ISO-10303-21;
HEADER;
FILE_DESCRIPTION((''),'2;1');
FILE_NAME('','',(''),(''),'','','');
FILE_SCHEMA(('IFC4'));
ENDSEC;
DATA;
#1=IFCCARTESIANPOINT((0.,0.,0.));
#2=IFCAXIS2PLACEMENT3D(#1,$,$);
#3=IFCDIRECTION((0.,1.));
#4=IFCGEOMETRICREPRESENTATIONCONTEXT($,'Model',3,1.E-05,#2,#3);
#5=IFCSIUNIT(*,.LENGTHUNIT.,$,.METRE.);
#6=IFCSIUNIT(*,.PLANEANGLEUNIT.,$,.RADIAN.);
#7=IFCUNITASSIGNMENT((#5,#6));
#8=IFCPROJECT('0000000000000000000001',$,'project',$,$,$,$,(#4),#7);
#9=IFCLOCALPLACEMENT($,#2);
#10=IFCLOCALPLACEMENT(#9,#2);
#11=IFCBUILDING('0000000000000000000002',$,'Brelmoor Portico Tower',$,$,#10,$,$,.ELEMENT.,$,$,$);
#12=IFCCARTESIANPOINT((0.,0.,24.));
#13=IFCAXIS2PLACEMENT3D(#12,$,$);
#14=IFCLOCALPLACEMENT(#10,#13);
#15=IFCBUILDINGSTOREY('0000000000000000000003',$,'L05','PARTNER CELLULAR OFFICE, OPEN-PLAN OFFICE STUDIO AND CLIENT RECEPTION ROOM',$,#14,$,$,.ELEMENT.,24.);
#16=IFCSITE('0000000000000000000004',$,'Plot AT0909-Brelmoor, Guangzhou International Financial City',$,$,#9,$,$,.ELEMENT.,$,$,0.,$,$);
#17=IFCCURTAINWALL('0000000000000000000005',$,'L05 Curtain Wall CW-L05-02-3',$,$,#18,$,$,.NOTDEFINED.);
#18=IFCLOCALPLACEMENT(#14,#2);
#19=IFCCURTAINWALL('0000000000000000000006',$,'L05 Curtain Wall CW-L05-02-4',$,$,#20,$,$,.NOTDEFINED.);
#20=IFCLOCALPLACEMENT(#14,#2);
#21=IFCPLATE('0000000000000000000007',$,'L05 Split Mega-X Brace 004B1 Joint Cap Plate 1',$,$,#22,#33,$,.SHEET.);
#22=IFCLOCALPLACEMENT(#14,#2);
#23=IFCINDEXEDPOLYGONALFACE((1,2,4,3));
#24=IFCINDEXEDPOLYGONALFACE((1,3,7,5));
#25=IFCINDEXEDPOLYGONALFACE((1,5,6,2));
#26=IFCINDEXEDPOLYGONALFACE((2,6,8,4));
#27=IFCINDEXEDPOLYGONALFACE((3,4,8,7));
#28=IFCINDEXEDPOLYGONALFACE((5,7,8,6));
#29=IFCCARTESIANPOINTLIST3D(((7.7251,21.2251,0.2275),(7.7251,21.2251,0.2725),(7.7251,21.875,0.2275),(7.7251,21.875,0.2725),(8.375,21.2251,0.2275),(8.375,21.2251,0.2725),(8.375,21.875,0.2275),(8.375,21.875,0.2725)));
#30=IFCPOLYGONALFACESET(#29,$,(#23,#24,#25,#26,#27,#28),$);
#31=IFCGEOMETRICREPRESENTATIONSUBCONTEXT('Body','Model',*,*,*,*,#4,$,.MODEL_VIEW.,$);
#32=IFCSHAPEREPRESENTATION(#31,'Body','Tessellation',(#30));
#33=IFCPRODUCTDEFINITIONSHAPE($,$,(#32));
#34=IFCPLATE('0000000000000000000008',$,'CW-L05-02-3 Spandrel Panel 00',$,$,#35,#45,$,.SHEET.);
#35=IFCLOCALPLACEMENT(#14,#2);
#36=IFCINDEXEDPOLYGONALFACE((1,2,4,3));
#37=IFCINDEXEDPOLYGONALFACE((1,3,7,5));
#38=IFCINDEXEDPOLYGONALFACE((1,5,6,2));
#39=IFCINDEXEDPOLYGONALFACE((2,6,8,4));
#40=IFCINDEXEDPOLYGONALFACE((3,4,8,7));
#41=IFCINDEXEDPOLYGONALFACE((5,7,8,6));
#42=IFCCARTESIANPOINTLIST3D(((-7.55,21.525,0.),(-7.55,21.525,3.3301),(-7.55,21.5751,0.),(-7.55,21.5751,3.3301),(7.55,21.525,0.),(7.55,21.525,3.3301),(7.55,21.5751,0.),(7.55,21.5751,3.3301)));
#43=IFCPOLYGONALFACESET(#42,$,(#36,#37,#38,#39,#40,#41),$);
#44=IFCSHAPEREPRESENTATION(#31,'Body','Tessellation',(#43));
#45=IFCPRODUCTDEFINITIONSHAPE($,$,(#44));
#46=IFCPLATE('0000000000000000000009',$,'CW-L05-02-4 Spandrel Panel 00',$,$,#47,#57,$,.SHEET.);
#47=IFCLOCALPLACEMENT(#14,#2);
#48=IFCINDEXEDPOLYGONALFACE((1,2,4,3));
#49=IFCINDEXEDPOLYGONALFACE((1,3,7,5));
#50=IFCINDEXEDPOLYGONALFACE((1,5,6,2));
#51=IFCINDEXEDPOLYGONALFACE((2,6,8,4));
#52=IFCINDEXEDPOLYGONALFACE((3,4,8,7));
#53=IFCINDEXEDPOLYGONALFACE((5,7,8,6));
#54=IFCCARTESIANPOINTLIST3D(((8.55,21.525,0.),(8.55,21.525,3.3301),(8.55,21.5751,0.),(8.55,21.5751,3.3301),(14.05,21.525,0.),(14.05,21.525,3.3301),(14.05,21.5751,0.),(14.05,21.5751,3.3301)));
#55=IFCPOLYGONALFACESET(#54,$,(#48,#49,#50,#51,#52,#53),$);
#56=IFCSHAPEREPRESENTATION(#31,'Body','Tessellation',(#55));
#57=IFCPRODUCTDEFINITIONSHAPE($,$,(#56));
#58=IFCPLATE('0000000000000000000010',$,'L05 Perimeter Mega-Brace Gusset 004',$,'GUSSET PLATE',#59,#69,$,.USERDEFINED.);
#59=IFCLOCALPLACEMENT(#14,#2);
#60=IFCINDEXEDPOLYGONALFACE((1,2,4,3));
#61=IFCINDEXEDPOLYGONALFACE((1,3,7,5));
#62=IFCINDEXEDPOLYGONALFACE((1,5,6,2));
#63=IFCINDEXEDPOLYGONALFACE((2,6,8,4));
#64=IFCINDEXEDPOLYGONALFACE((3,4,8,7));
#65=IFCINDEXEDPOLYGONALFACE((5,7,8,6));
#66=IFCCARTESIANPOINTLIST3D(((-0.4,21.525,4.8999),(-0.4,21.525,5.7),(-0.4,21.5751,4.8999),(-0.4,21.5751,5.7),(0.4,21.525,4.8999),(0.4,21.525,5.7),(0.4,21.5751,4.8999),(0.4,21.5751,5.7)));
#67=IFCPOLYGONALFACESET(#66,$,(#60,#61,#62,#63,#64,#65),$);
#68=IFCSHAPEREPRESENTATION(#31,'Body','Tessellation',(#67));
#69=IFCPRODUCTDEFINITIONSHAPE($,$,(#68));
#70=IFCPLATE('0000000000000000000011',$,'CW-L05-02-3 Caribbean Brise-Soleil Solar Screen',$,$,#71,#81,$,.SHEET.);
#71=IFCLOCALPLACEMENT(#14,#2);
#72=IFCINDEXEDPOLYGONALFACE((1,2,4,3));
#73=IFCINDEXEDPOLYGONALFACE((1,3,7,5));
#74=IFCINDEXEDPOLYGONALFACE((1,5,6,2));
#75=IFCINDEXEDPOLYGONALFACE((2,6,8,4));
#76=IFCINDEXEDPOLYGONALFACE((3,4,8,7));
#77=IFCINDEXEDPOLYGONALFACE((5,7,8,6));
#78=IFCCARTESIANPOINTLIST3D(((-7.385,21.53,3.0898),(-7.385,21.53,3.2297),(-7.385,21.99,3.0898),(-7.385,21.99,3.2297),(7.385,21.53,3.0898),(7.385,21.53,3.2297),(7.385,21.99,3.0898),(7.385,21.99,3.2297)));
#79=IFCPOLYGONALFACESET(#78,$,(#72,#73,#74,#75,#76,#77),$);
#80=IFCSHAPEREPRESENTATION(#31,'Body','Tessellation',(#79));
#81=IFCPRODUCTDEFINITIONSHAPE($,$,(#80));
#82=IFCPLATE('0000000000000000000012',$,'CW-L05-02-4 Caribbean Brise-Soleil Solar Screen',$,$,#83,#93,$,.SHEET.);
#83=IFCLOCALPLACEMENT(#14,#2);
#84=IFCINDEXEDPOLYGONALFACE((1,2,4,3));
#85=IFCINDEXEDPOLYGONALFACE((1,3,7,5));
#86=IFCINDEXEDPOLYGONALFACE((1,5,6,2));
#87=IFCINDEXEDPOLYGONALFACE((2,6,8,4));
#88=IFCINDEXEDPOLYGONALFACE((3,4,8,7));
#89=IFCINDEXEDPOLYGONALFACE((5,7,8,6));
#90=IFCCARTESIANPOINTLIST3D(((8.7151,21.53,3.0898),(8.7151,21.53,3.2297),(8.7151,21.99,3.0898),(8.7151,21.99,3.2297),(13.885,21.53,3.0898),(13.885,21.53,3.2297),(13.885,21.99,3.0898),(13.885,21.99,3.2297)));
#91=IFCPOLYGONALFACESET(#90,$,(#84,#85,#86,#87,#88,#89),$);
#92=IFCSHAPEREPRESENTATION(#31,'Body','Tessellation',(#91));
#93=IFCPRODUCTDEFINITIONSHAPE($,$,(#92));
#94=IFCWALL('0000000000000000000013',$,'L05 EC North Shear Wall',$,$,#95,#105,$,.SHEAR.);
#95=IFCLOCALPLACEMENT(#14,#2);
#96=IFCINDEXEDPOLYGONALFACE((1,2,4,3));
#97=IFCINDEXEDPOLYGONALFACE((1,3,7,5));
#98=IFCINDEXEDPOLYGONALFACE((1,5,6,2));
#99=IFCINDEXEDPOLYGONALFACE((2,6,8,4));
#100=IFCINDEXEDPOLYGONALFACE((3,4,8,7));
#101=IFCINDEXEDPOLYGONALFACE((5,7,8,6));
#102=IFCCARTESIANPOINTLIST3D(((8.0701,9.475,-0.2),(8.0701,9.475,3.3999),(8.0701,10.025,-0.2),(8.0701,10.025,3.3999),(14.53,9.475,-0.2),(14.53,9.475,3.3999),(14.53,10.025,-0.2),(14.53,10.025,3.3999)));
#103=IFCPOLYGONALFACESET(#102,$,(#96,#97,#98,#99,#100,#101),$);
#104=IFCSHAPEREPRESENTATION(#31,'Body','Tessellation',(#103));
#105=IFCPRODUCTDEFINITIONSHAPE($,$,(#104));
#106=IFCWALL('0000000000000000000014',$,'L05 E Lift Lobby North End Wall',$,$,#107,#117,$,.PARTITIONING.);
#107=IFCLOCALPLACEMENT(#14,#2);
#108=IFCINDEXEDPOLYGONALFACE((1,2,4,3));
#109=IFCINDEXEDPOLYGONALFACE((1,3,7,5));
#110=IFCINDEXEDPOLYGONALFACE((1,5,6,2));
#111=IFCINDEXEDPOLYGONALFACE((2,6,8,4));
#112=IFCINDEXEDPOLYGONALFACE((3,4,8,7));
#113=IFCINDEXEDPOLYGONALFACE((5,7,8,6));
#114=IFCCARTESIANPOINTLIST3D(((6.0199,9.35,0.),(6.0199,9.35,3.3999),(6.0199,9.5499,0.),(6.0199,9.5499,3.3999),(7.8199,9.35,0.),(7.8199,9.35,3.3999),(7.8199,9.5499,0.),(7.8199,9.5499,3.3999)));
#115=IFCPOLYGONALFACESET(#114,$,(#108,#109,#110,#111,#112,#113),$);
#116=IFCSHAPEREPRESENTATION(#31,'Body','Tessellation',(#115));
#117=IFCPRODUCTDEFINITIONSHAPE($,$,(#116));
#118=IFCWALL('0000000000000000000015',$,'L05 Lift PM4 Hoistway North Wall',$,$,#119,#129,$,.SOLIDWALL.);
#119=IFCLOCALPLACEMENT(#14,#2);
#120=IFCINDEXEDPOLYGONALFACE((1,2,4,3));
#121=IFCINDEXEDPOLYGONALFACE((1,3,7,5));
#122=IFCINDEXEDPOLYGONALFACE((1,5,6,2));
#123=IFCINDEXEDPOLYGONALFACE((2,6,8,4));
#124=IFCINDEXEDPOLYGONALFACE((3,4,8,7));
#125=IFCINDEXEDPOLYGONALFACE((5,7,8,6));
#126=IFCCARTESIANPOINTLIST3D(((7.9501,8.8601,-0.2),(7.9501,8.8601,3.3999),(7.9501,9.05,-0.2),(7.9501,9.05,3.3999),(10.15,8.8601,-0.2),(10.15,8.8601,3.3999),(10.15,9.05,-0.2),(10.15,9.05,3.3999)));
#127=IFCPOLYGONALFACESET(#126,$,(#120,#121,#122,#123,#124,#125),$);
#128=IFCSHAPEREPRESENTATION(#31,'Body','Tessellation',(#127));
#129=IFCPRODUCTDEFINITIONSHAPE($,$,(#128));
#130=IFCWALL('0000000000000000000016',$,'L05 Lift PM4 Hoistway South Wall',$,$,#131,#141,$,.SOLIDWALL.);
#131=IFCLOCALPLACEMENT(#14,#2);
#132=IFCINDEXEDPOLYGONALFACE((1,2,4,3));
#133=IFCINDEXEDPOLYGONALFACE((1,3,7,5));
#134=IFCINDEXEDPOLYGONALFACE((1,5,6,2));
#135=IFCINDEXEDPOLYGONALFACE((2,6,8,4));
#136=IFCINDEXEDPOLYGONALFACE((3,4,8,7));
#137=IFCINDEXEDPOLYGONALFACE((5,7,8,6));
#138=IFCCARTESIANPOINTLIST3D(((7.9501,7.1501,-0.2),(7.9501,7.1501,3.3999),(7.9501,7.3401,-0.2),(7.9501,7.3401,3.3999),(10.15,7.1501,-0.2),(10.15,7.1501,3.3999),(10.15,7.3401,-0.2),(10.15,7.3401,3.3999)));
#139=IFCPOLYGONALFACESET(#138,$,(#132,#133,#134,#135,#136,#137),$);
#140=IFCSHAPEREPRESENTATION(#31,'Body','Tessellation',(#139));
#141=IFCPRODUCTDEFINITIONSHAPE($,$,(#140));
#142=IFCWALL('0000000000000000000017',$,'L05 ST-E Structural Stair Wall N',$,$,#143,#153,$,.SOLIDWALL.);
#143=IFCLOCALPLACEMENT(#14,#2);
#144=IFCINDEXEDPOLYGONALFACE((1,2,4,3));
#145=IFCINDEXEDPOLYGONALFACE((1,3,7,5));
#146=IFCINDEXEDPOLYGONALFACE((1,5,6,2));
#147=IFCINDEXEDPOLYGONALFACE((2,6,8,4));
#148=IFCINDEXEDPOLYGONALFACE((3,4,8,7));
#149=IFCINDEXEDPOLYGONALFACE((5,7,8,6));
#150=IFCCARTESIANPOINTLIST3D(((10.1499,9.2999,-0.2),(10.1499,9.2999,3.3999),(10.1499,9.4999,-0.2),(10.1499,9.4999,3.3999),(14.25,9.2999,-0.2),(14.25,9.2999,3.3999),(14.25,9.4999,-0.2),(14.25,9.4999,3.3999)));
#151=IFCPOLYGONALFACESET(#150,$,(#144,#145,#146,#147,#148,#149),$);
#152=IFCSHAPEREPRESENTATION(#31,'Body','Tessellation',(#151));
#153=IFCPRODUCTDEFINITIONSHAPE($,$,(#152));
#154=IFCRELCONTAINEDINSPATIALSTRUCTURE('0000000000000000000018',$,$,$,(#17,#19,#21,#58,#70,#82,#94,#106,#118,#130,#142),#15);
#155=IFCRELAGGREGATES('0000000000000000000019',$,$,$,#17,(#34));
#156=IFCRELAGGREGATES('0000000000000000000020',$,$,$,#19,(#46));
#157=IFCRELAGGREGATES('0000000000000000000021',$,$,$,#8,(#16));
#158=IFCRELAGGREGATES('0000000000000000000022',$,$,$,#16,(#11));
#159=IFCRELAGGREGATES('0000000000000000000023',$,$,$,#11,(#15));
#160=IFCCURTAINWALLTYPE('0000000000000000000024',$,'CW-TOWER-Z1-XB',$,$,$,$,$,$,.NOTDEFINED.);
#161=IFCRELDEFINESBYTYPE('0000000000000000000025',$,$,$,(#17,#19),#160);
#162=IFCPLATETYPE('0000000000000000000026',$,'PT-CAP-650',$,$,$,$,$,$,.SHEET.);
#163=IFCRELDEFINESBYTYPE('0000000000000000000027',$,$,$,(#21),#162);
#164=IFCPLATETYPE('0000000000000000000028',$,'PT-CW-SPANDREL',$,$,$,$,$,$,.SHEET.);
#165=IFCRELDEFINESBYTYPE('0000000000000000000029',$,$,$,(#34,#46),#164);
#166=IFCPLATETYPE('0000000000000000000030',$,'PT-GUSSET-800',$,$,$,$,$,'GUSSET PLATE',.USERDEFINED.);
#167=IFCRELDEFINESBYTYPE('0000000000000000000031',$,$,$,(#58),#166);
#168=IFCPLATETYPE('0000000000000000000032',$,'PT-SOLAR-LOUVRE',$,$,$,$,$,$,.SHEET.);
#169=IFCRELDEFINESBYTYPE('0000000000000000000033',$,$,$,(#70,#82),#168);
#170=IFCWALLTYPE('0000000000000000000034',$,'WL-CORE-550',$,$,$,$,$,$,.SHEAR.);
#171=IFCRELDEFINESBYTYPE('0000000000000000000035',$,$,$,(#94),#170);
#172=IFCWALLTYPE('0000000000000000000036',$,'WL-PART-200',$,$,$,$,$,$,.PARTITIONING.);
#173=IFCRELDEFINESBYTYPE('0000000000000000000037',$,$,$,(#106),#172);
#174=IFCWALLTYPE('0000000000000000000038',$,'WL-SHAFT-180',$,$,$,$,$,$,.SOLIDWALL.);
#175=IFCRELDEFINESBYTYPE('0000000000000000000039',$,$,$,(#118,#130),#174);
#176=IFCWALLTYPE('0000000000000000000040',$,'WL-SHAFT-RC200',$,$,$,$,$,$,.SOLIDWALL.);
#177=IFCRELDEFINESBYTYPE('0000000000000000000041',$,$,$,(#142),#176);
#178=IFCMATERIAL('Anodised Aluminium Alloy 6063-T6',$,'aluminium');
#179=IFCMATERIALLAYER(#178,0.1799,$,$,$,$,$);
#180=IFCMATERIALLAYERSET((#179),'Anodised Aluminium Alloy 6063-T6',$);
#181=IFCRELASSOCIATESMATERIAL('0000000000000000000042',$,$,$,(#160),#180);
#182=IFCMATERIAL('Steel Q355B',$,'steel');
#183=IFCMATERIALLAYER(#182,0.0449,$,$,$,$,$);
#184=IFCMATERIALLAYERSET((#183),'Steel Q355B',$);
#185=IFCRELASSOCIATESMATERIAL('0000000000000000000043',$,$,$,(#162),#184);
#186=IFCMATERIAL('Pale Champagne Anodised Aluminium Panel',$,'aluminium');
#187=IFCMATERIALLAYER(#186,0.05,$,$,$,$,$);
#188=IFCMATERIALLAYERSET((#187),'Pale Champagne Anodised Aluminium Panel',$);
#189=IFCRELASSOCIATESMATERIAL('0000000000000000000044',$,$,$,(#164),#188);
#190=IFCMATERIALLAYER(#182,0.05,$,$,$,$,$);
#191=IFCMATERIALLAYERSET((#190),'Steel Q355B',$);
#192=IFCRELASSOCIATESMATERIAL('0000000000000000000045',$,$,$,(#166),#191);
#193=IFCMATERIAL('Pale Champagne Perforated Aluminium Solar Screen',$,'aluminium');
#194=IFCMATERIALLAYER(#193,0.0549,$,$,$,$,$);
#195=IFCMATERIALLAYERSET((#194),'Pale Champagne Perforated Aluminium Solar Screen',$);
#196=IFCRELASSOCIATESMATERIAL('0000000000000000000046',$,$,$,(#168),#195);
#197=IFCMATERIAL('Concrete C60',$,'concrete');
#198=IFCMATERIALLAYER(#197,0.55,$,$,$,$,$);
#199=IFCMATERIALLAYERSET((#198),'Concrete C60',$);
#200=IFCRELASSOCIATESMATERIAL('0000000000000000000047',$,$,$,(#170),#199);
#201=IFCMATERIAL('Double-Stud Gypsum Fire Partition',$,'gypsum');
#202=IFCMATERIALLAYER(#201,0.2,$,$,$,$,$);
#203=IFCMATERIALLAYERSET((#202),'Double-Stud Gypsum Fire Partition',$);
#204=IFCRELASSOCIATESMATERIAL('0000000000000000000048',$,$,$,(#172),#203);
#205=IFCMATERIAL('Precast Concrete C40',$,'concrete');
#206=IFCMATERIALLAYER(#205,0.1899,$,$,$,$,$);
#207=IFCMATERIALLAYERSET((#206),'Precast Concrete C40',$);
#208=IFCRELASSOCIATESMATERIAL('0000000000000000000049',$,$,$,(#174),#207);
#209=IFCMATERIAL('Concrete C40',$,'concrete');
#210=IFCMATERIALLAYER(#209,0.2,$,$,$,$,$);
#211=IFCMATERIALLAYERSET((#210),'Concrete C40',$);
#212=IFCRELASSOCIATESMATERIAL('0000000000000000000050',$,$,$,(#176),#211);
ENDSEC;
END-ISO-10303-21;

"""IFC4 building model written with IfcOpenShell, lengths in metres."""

from ifc_helpers import new_model, si_unit, direction, frame, frame_2d, origin, origin_2d, place, context, subcontext, project, spatial, rectangle, extrude, material, layer, layer_set, type_object, element, aggregate, save


model = new_model("IFC4")

# Units and contexts
model_context = context("Model", 3, precision=1e-05, world=origin(), true_north=direction((0.0, 1.0)))
body_context = subcontext(model_context, "Body", "Model", "MODEL_VIEW")
ifc_project = project(units=[si_unit("LENGTHUNIT", "METRE"), si_unit("PLANEANGLEUNIT", "RADIAN")], contexts=[model_context])

# Site, building, storey
site_placement = place(None, origin())
site = spatial("IfcSite", under=ifc_project, at=site_placement, Name="Plot AT0909-Brelmoor, Guangzhou International Financial City", CompositionType="ELEMENT", RefElevation=0.0)
building_placement = place(site_placement, origin())
building = spatial("IfcBuilding", under=site, at=building_placement, Name="Brelmoor Portico Tower", CompositionType="ELEMENT")
storey_placement = place(building_placement, frame((0.0, 0.0, 24.0)))
storey = spatial("IfcBuildingStorey", under=building, at=storey_placement, Name="L05", Description="PARTNER CELLULAR OFFICE, OPEN-PLAN OFFICE STUDIO AND CLIENT RECEPTION ROOM", CompositionType="ELEMENT", Elevation=24.0)

# Shared definitions
ifc_material_1 = material(Name="Steel Q355B", Category="steel")

# Curtain wall
ifc_material_2 = material(Name="Anodised Aluminium Alloy 6063-T6", Category="aluminium")
ifc_layer_1 = layer(ifc_material_2, 0.1799)
ifc_layer_set_1 = layer_set([ifc_layer_1], Name="Anodised Aluminium Alloy 6063-T6")
curtain_wall_type = type_object("IfcCurtainWallType", Name="CW-TOWER-Z1-XB", PredefinedType="NOTDEFINED", material=ifc_layer_set_1)
curtain_wall_1_placement = place(storey_placement, origin())
curtain_wall_1 = element("IfcCurtainWall", 1, at=curtain_wall_1_placement, inside=storey, type_object=curtain_wall_type, Name="L05 Curtain Wall CW-L05-02-3", PredefinedType="NOTDEFINED")

# Curtain wall
curtain_wall_2_placement = place(storey_placement, origin())
curtain_wall_2 = element("IfcCurtainWall", 2, at=curtain_wall_2_placement, inside=storey, type_object=curtain_wall_type, Name="L05 Curtain Wall CW-L05-02-4", PredefinedType="NOTDEFINED")

# Plate
ifc_layer_2 = layer(ifc_material_1, 0.0449)
ifc_layer_set_2 = layer_set([ifc_layer_2], Name="Steel Q355B")
plate_type_1 = type_object("IfcPlateType", Name="PT-CAP-650", PredefinedType="SHEET", material=ifc_layer_set_2)
for number, where, z_axis, x_axis, name in (
    (3, (8.05, 21.55, 0.2275), (0.0, 0.0, 1.0), (1.0, 0.0, 0.0), "L05 Split Mega-X Brace 004B1 Joint Cap Plate 1"),
):
    element("IfcPlate", number, at=place(storey_placement, frame(where, z_axis=z_axis, x_axis=x_axis)), inside=storey, type_object=plate_type_1, Name=name, PredefinedType="SHEET", context=body_context, shape_type="SweptSolid", body=[
        extrude(rectangle(XDim=0.6499, YDim=0.6499, at=origin_2d()), origin(), (0.0, 0.0, 1.0), 0.0449),
    ])

# Plates
ifc_material_3 = material(Name="Pale Champagne Anodised Aluminium Panel", Category="aluminium")
ifc_layer_3 = layer(ifc_material_3, 0.05)
ifc_layer_set_3 = layer_set([ifc_layer_3], Name="Pale Champagne Anodised Aluminium Panel")
plate_type_2 = type_object("IfcPlateType", Name="PT-CW-SPANDREL", PredefinedType="SHEET", material=ifc_layer_set_3)
plate_1_placement = place(storey_placement, frame((0.0, 21.55, 0.0), z_axis=(0.0, 0.0, 1.0), x_axis=(1.0, 0.0, 0.0)))
plate_1 = element("IfcPlate", 4, at=plate_1_placement, type_object=plate_type_2, Name="CW-L05-02-3 Spandrel Panel 00", PredefinedType="SHEET", context=body_context, shape_type="SweptSolid", body=[
    extrude(rectangle(XDim=15.1001, YDim=0.05, at=origin_2d()), origin(), (0.0, 0.0, 1.0), 3.3301),
])
aggregate(curtain_wall_1, [plate_1])
plate_2_placement = place(storey_placement, frame((11.3, 21.55, 0.0), z_axis=(0.0, 0.0, 1.0), x_axis=(1.0, 0.0, 0.0)))
plate_2 = element("IfcPlate", 5, at=plate_2_placement, type_object=plate_type_2, Name="CW-L05-02-4 Spandrel Panel 00", PredefinedType="SHEET", context=body_context, shape_type="SweptSolid", body=[
    extrude(rectangle(XDim=5.5, YDim=0.05, at=origin_2d()), origin(), (0.0, 0.0, 1.0), 3.3301),
])
aggregate(curtain_wall_2, [plate_2])

# Plates
ifc_layer_4 = layer(ifc_material_1, 0.05)
ifc_layer_set_4 = layer_set([ifc_layer_4], Name="Steel Q355B")
plate_type_3 = type_object("IfcPlateType", Name="PT-GUSSET-800", ElementType="GUSSET PLATE", PredefinedType="USERDEFINED", material=ifc_layer_set_4)
plate_3_placement = place(storey_placement, frame((0.0, 21.55, 4.8999), z_axis=(0.0, 0.0, 1.0), x_axis=(1.0, 0.0, 0.0)))
element("IfcPlate", 6, at=plate_3_placement, inside=storey, type_object=plate_type_3, Name="L05 Perimeter Mega-Brace Gusset 004", ObjectType="GUSSET PLATE", PredefinedType="USERDEFINED", context=body_context, shape_type="SweptSolid", body=[
    extrude(rectangle(XDim=0.8, YDim=0.05, at=origin_2d()), origin(), (0.0, 0.0, 1.0), 0.8),
])
ifc_material_4 = material(Name="Pale Champagne Perforated Aluminium Solar Screen", Category="aluminium")
ifc_layer_5 = layer(ifc_material_4, 0.0549)
ifc_layer_set_5 = layer_set([ifc_layer_5], Name="Pale Champagne Perforated Aluminium Solar Screen")
plate_type_4 = type_object("IfcPlateType", Name="PT-SOLAR-LOUVRE", PredefinedType="SHEET", material=ifc_layer_set_5)
plate_4_placement = place(storey_placement, frame((0.0, 21.76, 3.0898), z_axis=(0.0, 0.0, 1.0), x_axis=(1.0, 0.0, 0.0)))
element("IfcPlate", 7, at=plate_4_placement, inside=storey, type_object=plate_type_4, Name="CW-L05-02-3 Caribbean Brise-Soleil Solar Screen", PredefinedType="SHEET", context=body_context, shape_type="SweptSolid", body=[
    extrude(rectangle(XDim=14.77, YDim=0.46, at=origin_2d()), origin(), (0.0, 0.0, 1.0), 0.1399),
])
plate_5_placement = place(storey_placement, frame((11.3, 21.76, 3.0898), z_axis=(0.0, 0.0, 1.0), x_axis=(1.0, 0.0, 0.0)))
element("IfcPlate", 8, at=plate_5_placement, inside=storey, type_object=plate_type_4, Name="CW-L05-02-4 Caribbean Brise-Soleil Solar Screen", PredefinedType="SHEET", context=body_context, shape_type="SweptSolid", body=[
    extrude(rectangle(XDim=5.1699, YDim=0.46, at=origin_2d()), origin(), (0.0, 0.0, 1.0), 0.1399),
])

# Walls
ifc_material_5 = material(Name="Concrete C60", Category="concrete")
ifc_layer_6 = layer(ifc_material_5, 0.55)
ifc_layer_set_6 = layer_set([ifc_layer_6], Name="Concrete C60")
wall_type_1 = type_object("IfcWallType", Name="WL-CORE-550", PredefinedType="SHEAR", material=ifc_layer_set_6)
wall_1_placement = place(storey_placement, frame((8.0701, 9.75, -0.2), z_axis=(0.0, 0.0, 1.0), x_axis=(1.0, 0.0, 0.0)))
element("IfcWall", 9, at=wall_1_placement, inside=storey, type_object=wall_type_1, Name="L05 EC North Shear Wall", PredefinedType="SHEAR", context=body_context, shape_type="SweptSolid", body=[
    extrude(rectangle(XDim=6.46, YDim=0.55, at=frame_2d((3.23, 0.0))), origin(), (0.0, 0.0, 1.0), 3.5999),
])
ifc_material_6 = material(Name="Double-Stud Gypsum Fire Partition", Category="gypsum")
ifc_layer_7 = layer(ifc_material_6, 0.2)
ifc_layer_set_7 = layer_set([ifc_layer_7], Name="Double-Stud Gypsum Fire Partition")
wall_type_2 = type_object("IfcWallType", Name="WL-PART-200", PredefinedType="PARTITIONING", material=ifc_layer_set_7)
wall_2_placement = place(storey_placement, frame((6.02, 9.45, 0.0), z_axis=(0.0, 0.0, 1.0), x_axis=(1.0, 0.0, 0.0)))
element("IfcWall", 10, at=wall_2_placement, inside=storey, type_object=wall_type_2, Name="L05 E Lift Lobby North End Wall", PredefinedType="PARTITIONING", context=body_context, shape_type="SweptSolid", body=[
    extrude(rectangle(XDim=1.8, YDim=0.2, at=frame_2d((0.8999, 0.0))), origin(), (0.0, 0.0, 1.0), 3.3999),
])
ifc_material_7 = material(Name="Precast Concrete C40", Category="concrete")
ifc_layer_8 = layer(ifc_material_7, 0.1899)
ifc_layer_set_8 = layer_set([ifc_layer_8], Name="Precast Concrete C40")
wall_type_3 = type_object("IfcWallType", Name="WL-SHAFT-180", PredefinedType="SOLIDWALL", material=ifc_layer_set_8)
for number, where, z_axis, x_axis, name in (
    (11, (7.95, 8.9551, -0.2), (0.0, 0.0, 1.0), (1.0, 0.0, 0.0), "L05 Lift PM4 Hoistway North Wall"),
    (12, (7.95, 7.2451, -0.2), (0.0, 0.0, 1.0), (1.0, 0.0, 0.0), "L05 Lift PM4 Hoistway South Wall"),
):
    element("IfcWall", number, at=place(storey_placement, frame(where, z_axis=z_axis, x_axis=x_axis)), inside=storey, type_object=wall_type_3, Name=name, PredefinedType="SOLIDWALL", context=body_context, shape_type="SweptSolid", body=[
        extrude(rectangle(XDim=2.2, YDim=0.1899, at=frame_2d((1.1001, 0.0))), origin(), (0.0, 0.0, 1.0), 3.5999),
    ])
ifc_material_8 = material(Name="Concrete C40", Category="concrete")
ifc_layer_9 = layer(ifc_material_8, 0.2)
ifc_layer_set_9 = layer_set([ifc_layer_9], Name="Concrete C40")
wall_type_4 = type_object("IfcWallType", Name="WL-SHAFT-RC200", PredefinedType="SOLIDWALL", material=ifc_layer_set_9)
wall_3_placement = place(storey_placement, frame((10.1499, 9.3999, -0.2), z_axis=(0.0, 0.0, 1.0), x_axis=(1.0, 0.0, 0.0)))
element("IfcWall", 13, at=wall_3_placement, inside=storey, type_object=wall_type_4, Name="L05 ST-E Structural Stair Wall N", PredefinedType="SOLIDWALL", context=body_context, shape_type="SweptSolid", body=[
    extrude(rectangle(XDim=4.1001, YDim=0.2, at=frame_2d((2.05, 0.0))), origin(), (0.0, 0.0, 1.0), 3.5999),
])

save(model, "model.ifc")
